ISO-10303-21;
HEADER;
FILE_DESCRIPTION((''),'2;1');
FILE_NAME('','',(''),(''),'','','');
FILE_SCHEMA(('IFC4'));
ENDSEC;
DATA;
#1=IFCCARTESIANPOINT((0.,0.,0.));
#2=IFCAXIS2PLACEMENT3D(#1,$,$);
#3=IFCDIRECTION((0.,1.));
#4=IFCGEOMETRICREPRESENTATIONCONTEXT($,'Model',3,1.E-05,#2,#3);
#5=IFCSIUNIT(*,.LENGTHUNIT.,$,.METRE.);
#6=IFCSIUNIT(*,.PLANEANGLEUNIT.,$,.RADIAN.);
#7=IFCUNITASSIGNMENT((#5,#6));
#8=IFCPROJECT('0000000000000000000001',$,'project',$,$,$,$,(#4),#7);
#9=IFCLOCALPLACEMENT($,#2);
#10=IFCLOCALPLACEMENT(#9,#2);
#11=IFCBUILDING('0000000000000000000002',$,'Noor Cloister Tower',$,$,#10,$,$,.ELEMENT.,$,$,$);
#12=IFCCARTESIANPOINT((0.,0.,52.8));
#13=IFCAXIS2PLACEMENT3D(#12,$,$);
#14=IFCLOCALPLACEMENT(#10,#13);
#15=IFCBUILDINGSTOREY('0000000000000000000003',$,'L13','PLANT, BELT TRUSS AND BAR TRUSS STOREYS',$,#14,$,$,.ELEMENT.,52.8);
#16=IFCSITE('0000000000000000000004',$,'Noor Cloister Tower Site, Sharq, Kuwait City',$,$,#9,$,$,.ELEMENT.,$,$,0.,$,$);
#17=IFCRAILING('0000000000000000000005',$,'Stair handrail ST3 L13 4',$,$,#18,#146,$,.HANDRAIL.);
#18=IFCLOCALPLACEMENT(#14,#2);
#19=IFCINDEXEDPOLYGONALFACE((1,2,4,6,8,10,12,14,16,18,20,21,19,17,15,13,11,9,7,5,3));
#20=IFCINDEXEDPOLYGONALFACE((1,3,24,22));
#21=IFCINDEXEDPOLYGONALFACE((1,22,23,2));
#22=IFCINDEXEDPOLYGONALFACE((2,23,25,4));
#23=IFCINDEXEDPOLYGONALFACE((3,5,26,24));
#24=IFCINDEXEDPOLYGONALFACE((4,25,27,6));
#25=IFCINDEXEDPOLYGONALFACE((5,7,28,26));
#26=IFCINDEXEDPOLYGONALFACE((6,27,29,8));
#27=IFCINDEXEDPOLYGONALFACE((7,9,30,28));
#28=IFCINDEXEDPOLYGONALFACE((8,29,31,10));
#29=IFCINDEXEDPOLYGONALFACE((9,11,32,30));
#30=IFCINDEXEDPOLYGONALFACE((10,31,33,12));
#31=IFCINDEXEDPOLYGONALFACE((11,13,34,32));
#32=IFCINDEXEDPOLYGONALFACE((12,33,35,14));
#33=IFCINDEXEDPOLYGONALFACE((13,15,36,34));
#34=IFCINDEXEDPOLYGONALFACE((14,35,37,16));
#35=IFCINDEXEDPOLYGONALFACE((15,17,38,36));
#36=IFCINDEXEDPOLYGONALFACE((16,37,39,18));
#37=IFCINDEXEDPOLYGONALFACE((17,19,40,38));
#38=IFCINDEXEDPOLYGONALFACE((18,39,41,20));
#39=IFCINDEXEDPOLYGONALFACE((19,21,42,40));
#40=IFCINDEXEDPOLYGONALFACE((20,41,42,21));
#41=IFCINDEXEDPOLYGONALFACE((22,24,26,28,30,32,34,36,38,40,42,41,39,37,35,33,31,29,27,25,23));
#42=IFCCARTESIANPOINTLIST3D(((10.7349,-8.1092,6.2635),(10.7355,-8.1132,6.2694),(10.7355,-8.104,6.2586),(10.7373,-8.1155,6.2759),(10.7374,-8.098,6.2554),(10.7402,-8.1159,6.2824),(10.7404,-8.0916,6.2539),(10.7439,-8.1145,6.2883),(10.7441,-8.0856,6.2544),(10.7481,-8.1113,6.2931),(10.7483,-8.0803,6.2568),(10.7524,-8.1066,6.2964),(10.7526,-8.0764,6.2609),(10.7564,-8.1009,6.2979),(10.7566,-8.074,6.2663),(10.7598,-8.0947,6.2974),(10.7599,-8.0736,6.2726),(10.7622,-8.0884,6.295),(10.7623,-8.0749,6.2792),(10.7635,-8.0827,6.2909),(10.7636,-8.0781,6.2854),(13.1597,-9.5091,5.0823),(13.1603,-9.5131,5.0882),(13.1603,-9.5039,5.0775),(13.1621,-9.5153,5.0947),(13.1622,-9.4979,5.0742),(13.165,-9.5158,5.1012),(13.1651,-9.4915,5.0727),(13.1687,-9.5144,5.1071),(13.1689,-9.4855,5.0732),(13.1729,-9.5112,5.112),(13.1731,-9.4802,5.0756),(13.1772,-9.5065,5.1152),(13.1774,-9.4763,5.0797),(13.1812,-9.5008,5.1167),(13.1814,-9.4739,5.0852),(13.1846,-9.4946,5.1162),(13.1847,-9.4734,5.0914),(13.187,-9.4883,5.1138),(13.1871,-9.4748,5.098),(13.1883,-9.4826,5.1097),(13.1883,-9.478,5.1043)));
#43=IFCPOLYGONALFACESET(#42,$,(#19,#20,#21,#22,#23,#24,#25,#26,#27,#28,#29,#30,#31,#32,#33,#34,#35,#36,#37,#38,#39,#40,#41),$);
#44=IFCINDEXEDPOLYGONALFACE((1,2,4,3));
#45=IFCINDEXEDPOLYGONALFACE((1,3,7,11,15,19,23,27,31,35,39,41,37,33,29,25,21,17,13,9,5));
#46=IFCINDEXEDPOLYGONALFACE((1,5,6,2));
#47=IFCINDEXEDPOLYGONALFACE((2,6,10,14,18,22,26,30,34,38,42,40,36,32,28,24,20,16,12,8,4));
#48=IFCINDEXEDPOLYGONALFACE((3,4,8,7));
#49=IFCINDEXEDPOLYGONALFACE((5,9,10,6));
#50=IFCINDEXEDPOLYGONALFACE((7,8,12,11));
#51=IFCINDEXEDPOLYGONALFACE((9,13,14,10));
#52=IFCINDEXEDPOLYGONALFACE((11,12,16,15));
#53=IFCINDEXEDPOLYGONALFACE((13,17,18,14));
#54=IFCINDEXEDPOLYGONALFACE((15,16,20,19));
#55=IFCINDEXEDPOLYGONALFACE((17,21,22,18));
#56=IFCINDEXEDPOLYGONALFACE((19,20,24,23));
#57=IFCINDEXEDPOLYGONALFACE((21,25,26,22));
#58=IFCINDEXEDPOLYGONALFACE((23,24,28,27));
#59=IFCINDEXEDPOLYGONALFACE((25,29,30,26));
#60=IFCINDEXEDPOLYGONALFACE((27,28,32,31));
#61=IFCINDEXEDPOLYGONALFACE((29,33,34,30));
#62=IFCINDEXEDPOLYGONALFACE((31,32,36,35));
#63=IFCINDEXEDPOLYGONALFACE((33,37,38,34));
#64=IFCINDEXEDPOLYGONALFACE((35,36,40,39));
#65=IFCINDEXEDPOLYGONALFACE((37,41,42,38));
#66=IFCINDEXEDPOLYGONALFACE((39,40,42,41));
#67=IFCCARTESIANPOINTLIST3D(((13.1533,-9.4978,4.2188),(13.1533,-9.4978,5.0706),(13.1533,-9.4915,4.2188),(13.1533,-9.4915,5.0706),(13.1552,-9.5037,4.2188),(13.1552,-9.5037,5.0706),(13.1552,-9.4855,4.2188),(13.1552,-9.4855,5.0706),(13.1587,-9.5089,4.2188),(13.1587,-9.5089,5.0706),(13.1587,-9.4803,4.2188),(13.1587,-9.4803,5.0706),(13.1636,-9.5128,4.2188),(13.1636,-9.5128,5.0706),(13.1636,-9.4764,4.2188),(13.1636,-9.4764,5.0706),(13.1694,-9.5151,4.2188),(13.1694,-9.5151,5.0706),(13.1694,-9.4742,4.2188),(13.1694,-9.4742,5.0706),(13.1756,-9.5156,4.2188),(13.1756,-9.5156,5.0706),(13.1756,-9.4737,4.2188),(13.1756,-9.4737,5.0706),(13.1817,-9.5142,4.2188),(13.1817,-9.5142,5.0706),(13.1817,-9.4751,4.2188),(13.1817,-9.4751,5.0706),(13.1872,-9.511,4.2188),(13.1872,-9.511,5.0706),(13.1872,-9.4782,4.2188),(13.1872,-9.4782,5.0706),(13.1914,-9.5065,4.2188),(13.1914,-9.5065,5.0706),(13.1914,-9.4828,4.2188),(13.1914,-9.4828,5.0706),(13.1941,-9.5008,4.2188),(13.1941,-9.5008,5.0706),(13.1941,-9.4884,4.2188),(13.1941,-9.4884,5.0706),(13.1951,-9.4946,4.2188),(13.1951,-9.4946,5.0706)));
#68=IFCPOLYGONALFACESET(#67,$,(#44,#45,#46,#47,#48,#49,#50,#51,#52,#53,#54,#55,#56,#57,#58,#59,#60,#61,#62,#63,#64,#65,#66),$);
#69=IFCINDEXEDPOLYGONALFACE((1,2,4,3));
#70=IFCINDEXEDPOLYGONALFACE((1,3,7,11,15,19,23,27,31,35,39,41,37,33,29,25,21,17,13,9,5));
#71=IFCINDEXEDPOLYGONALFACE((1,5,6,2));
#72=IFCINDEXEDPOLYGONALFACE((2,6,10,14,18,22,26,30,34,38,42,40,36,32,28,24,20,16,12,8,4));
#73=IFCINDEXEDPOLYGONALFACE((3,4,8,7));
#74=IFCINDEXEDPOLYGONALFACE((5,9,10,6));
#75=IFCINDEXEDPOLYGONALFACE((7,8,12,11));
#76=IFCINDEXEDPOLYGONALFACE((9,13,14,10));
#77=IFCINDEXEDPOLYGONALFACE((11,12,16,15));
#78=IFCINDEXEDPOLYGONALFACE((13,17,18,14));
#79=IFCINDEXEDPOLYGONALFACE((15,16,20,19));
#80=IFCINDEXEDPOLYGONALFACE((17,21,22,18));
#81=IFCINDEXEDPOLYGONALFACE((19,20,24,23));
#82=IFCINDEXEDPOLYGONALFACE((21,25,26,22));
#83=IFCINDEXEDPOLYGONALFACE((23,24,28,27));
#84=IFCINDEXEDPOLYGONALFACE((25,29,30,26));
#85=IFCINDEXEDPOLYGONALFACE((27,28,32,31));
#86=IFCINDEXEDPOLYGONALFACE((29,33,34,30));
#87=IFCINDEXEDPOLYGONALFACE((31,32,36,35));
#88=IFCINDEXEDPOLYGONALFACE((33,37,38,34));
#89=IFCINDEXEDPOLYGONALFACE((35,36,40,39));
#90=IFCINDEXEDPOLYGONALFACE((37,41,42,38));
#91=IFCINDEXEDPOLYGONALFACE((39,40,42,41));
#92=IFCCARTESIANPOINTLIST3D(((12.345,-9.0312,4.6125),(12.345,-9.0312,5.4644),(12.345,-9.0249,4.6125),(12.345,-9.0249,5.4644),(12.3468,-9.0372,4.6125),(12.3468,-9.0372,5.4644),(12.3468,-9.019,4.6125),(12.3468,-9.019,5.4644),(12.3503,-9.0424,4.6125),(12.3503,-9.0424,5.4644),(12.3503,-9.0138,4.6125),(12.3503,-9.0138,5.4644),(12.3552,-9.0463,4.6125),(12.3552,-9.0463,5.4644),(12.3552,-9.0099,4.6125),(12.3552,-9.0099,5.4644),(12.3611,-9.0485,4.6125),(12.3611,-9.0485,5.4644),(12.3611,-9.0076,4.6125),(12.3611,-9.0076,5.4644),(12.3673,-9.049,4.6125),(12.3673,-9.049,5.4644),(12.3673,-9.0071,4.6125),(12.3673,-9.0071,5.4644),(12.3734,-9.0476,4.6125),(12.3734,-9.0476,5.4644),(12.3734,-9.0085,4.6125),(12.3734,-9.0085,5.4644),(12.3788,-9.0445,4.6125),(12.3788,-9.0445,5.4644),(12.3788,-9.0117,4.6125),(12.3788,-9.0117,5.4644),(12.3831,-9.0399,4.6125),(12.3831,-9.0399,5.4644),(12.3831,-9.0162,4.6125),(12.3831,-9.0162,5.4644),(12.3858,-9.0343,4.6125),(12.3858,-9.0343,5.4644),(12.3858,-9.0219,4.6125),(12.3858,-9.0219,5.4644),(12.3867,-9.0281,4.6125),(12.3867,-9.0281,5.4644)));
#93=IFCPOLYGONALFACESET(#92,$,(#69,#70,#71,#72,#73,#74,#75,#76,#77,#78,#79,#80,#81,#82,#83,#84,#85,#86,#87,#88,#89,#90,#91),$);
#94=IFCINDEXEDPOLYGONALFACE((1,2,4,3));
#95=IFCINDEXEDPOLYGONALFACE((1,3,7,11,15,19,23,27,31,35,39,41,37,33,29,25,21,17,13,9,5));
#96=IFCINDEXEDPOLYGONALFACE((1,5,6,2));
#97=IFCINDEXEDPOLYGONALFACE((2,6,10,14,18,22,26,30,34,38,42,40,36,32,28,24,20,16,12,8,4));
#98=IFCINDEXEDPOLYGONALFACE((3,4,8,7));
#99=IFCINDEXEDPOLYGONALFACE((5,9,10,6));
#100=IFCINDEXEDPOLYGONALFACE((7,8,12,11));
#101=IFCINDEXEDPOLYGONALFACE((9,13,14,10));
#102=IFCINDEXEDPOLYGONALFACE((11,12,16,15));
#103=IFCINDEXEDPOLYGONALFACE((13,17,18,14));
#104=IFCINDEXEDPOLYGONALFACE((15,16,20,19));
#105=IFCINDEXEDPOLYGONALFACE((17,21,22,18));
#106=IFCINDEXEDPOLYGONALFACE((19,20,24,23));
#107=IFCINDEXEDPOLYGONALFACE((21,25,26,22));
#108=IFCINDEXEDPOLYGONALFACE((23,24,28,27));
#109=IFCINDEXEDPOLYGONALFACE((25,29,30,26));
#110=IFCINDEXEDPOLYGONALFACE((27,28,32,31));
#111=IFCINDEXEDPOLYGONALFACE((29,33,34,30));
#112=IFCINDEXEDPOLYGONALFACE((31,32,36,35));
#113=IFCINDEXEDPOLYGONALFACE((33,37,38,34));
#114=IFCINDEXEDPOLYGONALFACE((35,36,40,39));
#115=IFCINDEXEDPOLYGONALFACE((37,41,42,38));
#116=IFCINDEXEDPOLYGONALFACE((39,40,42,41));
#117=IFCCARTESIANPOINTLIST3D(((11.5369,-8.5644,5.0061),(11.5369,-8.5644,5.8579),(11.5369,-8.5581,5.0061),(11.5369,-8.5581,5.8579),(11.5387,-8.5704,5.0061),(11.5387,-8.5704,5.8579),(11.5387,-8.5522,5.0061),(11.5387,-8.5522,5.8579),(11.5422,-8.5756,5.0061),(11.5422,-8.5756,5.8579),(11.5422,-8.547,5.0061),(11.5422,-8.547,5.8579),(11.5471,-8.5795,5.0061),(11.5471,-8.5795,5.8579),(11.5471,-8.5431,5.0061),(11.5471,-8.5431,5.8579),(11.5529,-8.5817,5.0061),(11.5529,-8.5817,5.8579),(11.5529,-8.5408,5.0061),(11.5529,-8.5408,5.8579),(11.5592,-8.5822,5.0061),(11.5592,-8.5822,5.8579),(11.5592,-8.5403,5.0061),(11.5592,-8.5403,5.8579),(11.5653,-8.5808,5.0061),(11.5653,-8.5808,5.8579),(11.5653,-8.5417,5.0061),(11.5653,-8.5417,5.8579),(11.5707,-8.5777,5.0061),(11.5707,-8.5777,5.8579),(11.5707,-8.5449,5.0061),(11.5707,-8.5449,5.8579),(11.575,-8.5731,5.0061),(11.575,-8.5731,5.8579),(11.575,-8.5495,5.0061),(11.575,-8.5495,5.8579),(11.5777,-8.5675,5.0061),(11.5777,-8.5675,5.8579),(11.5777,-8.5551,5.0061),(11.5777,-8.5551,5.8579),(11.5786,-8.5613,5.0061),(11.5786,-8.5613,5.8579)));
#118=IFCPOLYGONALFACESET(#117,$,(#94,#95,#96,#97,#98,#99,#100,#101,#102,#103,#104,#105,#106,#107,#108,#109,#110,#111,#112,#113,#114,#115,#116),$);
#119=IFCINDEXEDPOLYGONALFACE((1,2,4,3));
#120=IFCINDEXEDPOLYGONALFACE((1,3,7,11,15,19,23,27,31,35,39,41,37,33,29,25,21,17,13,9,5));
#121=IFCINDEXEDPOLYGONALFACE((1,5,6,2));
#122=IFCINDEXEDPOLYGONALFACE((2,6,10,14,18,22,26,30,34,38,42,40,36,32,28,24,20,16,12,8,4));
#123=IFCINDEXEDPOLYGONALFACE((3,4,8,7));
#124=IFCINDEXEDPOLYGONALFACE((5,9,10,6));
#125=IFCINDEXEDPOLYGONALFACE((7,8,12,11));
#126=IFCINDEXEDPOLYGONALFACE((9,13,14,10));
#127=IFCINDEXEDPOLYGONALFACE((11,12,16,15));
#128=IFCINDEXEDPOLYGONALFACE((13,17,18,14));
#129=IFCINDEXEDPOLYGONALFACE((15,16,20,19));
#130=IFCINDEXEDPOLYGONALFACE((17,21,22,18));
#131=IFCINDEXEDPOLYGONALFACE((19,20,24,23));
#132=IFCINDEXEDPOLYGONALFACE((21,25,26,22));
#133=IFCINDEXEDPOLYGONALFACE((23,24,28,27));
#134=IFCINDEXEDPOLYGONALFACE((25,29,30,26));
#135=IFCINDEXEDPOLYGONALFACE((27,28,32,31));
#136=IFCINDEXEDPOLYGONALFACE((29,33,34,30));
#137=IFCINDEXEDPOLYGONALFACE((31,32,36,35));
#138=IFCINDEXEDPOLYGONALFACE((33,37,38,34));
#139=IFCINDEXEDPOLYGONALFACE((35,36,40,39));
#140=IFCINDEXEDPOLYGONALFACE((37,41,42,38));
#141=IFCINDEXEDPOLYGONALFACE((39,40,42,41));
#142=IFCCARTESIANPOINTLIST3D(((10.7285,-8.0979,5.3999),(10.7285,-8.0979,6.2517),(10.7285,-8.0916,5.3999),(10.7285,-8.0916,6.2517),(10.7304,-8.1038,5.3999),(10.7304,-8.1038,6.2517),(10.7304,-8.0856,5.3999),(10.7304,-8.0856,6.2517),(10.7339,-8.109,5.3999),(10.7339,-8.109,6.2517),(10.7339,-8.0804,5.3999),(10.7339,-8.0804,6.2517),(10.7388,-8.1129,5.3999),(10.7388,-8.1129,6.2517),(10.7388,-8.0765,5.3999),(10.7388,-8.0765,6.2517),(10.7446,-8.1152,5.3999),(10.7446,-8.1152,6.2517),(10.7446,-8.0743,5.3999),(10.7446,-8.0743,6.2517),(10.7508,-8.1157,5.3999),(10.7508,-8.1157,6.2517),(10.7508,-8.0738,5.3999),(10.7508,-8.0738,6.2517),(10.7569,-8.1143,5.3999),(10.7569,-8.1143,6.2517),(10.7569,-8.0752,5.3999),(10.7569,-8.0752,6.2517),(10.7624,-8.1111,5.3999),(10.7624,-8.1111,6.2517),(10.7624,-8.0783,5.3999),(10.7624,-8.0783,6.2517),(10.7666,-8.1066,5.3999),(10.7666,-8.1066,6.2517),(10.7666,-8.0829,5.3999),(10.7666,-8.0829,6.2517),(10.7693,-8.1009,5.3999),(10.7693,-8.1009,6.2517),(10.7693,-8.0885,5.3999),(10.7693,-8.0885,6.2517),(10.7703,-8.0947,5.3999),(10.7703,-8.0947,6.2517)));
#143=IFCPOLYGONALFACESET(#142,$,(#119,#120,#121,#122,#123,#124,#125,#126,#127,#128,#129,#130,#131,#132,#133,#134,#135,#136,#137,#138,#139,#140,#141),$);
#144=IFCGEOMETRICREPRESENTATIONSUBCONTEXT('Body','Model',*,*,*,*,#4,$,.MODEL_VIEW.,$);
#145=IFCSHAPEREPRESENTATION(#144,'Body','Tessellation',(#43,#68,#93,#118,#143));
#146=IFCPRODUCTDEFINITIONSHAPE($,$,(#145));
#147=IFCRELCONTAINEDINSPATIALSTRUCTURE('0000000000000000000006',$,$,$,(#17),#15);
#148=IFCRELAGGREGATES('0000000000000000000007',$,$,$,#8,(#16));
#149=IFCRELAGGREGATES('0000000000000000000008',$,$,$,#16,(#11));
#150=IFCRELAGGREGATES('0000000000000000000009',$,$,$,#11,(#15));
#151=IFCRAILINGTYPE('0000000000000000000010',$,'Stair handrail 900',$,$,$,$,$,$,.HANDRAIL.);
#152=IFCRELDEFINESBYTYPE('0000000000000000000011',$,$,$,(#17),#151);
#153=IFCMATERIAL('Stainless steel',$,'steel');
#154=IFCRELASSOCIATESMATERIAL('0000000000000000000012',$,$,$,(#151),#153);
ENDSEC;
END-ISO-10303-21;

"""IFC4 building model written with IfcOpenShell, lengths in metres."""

from ifc_helpers import new_model, si_unit, direction, frame, origin, origin_2d, place, context, subcontext, project, spatial, circle, extrude, material, type_object, element, save


model = new_model("IFC4")

# Units and contexts
model_context = context("Model", 3, precision=1e-05, world=origin(), true_north=direction((0.0, 1.0)))
body_context = subcontext(model_context, "Body", "Model", "MODEL_VIEW")
ifc_project = project(units=[si_unit("LENGTHUNIT", "METRE"), si_unit("PLANEANGLEUNIT", "RADIAN")], contexts=[model_context])

# Site, building, storey
site_placement = place(None, origin())
site = spatial("IfcSite", under=ifc_project, at=site_placement, Name="Noor Cloister Tower Site, Sharq, Kuwait City", CompositionType="ELEMENT", RefElevation=0.0)
building_placement = place(site_placement, origin())
building = spatial("IfcBuilding", under=site, at=building_placement, Name="Noor Cloister Tower", CompositionType="ELEMENT")
storey_placement = place(building_placement, frame((0.0, 0.0, 52.8)))
storey = spatial("IfcBuildingStorey", under=building, at=storey_placement, Name="L13", Description="PLANT, BELT TRUSS AND BAR TRUSS STOREYS", CompositionType="ELEMENT", Elevation=52.8)

# Railing
ifc_material_1 = material(Name="Stainless steel", Category="steel")
railing_type_1 = type_object("IfcRailingType", Name="Stair handrail 900", PredefinedType="HANDRAIL", material=ifc_material_1)
for number, where, name in (
    (1, (13.1741, -9.4946, 4.2188), "Stair handrail ST3 L13 4"),
):
    element("IfcRailing", number, at=place(storey_placement, frame(where)), inside=storey, type_object=railing_type_1, Name=name, PredefinedType="HANDRAIL", context=body_context, shape_type="SweptSolid", body=[
        extrude(circle(Radius=0.0239, at=origin_2d()), frame((0.0, 0.0, 0.876), z_axis=(-0.797939, 0.460671, 0.388686), x_axis=(-0.499984, -0.866035, 0.0)), (0.0, 0.0, 1.0), 3.0388),
        extrude(circle(Radius=0.021, at=origin_2d()), origin(), (0.0, 0.0, 1.0), 0.8518),
        extrude(circle(Radius=0.021, at=origin_2d()), frame((-0.8083, 0.4666, 0.3938)), (0.0, 0.0, 1.0), 0.8518),
        extrude(circle(Radius=0.021, at=origin_2d()), frame((-1.6165, 0.9333, 0.7874)), (0.0, 0.0, 1.0), 0.8518),
        extrude(circle(Radius=0.021, at=origin_2d()), frame((-2.4248, 1.3999, 1.1812)), (0.0, 0.0, 1.0), 0.8518),
    ])

save(model, "model.ifc")
